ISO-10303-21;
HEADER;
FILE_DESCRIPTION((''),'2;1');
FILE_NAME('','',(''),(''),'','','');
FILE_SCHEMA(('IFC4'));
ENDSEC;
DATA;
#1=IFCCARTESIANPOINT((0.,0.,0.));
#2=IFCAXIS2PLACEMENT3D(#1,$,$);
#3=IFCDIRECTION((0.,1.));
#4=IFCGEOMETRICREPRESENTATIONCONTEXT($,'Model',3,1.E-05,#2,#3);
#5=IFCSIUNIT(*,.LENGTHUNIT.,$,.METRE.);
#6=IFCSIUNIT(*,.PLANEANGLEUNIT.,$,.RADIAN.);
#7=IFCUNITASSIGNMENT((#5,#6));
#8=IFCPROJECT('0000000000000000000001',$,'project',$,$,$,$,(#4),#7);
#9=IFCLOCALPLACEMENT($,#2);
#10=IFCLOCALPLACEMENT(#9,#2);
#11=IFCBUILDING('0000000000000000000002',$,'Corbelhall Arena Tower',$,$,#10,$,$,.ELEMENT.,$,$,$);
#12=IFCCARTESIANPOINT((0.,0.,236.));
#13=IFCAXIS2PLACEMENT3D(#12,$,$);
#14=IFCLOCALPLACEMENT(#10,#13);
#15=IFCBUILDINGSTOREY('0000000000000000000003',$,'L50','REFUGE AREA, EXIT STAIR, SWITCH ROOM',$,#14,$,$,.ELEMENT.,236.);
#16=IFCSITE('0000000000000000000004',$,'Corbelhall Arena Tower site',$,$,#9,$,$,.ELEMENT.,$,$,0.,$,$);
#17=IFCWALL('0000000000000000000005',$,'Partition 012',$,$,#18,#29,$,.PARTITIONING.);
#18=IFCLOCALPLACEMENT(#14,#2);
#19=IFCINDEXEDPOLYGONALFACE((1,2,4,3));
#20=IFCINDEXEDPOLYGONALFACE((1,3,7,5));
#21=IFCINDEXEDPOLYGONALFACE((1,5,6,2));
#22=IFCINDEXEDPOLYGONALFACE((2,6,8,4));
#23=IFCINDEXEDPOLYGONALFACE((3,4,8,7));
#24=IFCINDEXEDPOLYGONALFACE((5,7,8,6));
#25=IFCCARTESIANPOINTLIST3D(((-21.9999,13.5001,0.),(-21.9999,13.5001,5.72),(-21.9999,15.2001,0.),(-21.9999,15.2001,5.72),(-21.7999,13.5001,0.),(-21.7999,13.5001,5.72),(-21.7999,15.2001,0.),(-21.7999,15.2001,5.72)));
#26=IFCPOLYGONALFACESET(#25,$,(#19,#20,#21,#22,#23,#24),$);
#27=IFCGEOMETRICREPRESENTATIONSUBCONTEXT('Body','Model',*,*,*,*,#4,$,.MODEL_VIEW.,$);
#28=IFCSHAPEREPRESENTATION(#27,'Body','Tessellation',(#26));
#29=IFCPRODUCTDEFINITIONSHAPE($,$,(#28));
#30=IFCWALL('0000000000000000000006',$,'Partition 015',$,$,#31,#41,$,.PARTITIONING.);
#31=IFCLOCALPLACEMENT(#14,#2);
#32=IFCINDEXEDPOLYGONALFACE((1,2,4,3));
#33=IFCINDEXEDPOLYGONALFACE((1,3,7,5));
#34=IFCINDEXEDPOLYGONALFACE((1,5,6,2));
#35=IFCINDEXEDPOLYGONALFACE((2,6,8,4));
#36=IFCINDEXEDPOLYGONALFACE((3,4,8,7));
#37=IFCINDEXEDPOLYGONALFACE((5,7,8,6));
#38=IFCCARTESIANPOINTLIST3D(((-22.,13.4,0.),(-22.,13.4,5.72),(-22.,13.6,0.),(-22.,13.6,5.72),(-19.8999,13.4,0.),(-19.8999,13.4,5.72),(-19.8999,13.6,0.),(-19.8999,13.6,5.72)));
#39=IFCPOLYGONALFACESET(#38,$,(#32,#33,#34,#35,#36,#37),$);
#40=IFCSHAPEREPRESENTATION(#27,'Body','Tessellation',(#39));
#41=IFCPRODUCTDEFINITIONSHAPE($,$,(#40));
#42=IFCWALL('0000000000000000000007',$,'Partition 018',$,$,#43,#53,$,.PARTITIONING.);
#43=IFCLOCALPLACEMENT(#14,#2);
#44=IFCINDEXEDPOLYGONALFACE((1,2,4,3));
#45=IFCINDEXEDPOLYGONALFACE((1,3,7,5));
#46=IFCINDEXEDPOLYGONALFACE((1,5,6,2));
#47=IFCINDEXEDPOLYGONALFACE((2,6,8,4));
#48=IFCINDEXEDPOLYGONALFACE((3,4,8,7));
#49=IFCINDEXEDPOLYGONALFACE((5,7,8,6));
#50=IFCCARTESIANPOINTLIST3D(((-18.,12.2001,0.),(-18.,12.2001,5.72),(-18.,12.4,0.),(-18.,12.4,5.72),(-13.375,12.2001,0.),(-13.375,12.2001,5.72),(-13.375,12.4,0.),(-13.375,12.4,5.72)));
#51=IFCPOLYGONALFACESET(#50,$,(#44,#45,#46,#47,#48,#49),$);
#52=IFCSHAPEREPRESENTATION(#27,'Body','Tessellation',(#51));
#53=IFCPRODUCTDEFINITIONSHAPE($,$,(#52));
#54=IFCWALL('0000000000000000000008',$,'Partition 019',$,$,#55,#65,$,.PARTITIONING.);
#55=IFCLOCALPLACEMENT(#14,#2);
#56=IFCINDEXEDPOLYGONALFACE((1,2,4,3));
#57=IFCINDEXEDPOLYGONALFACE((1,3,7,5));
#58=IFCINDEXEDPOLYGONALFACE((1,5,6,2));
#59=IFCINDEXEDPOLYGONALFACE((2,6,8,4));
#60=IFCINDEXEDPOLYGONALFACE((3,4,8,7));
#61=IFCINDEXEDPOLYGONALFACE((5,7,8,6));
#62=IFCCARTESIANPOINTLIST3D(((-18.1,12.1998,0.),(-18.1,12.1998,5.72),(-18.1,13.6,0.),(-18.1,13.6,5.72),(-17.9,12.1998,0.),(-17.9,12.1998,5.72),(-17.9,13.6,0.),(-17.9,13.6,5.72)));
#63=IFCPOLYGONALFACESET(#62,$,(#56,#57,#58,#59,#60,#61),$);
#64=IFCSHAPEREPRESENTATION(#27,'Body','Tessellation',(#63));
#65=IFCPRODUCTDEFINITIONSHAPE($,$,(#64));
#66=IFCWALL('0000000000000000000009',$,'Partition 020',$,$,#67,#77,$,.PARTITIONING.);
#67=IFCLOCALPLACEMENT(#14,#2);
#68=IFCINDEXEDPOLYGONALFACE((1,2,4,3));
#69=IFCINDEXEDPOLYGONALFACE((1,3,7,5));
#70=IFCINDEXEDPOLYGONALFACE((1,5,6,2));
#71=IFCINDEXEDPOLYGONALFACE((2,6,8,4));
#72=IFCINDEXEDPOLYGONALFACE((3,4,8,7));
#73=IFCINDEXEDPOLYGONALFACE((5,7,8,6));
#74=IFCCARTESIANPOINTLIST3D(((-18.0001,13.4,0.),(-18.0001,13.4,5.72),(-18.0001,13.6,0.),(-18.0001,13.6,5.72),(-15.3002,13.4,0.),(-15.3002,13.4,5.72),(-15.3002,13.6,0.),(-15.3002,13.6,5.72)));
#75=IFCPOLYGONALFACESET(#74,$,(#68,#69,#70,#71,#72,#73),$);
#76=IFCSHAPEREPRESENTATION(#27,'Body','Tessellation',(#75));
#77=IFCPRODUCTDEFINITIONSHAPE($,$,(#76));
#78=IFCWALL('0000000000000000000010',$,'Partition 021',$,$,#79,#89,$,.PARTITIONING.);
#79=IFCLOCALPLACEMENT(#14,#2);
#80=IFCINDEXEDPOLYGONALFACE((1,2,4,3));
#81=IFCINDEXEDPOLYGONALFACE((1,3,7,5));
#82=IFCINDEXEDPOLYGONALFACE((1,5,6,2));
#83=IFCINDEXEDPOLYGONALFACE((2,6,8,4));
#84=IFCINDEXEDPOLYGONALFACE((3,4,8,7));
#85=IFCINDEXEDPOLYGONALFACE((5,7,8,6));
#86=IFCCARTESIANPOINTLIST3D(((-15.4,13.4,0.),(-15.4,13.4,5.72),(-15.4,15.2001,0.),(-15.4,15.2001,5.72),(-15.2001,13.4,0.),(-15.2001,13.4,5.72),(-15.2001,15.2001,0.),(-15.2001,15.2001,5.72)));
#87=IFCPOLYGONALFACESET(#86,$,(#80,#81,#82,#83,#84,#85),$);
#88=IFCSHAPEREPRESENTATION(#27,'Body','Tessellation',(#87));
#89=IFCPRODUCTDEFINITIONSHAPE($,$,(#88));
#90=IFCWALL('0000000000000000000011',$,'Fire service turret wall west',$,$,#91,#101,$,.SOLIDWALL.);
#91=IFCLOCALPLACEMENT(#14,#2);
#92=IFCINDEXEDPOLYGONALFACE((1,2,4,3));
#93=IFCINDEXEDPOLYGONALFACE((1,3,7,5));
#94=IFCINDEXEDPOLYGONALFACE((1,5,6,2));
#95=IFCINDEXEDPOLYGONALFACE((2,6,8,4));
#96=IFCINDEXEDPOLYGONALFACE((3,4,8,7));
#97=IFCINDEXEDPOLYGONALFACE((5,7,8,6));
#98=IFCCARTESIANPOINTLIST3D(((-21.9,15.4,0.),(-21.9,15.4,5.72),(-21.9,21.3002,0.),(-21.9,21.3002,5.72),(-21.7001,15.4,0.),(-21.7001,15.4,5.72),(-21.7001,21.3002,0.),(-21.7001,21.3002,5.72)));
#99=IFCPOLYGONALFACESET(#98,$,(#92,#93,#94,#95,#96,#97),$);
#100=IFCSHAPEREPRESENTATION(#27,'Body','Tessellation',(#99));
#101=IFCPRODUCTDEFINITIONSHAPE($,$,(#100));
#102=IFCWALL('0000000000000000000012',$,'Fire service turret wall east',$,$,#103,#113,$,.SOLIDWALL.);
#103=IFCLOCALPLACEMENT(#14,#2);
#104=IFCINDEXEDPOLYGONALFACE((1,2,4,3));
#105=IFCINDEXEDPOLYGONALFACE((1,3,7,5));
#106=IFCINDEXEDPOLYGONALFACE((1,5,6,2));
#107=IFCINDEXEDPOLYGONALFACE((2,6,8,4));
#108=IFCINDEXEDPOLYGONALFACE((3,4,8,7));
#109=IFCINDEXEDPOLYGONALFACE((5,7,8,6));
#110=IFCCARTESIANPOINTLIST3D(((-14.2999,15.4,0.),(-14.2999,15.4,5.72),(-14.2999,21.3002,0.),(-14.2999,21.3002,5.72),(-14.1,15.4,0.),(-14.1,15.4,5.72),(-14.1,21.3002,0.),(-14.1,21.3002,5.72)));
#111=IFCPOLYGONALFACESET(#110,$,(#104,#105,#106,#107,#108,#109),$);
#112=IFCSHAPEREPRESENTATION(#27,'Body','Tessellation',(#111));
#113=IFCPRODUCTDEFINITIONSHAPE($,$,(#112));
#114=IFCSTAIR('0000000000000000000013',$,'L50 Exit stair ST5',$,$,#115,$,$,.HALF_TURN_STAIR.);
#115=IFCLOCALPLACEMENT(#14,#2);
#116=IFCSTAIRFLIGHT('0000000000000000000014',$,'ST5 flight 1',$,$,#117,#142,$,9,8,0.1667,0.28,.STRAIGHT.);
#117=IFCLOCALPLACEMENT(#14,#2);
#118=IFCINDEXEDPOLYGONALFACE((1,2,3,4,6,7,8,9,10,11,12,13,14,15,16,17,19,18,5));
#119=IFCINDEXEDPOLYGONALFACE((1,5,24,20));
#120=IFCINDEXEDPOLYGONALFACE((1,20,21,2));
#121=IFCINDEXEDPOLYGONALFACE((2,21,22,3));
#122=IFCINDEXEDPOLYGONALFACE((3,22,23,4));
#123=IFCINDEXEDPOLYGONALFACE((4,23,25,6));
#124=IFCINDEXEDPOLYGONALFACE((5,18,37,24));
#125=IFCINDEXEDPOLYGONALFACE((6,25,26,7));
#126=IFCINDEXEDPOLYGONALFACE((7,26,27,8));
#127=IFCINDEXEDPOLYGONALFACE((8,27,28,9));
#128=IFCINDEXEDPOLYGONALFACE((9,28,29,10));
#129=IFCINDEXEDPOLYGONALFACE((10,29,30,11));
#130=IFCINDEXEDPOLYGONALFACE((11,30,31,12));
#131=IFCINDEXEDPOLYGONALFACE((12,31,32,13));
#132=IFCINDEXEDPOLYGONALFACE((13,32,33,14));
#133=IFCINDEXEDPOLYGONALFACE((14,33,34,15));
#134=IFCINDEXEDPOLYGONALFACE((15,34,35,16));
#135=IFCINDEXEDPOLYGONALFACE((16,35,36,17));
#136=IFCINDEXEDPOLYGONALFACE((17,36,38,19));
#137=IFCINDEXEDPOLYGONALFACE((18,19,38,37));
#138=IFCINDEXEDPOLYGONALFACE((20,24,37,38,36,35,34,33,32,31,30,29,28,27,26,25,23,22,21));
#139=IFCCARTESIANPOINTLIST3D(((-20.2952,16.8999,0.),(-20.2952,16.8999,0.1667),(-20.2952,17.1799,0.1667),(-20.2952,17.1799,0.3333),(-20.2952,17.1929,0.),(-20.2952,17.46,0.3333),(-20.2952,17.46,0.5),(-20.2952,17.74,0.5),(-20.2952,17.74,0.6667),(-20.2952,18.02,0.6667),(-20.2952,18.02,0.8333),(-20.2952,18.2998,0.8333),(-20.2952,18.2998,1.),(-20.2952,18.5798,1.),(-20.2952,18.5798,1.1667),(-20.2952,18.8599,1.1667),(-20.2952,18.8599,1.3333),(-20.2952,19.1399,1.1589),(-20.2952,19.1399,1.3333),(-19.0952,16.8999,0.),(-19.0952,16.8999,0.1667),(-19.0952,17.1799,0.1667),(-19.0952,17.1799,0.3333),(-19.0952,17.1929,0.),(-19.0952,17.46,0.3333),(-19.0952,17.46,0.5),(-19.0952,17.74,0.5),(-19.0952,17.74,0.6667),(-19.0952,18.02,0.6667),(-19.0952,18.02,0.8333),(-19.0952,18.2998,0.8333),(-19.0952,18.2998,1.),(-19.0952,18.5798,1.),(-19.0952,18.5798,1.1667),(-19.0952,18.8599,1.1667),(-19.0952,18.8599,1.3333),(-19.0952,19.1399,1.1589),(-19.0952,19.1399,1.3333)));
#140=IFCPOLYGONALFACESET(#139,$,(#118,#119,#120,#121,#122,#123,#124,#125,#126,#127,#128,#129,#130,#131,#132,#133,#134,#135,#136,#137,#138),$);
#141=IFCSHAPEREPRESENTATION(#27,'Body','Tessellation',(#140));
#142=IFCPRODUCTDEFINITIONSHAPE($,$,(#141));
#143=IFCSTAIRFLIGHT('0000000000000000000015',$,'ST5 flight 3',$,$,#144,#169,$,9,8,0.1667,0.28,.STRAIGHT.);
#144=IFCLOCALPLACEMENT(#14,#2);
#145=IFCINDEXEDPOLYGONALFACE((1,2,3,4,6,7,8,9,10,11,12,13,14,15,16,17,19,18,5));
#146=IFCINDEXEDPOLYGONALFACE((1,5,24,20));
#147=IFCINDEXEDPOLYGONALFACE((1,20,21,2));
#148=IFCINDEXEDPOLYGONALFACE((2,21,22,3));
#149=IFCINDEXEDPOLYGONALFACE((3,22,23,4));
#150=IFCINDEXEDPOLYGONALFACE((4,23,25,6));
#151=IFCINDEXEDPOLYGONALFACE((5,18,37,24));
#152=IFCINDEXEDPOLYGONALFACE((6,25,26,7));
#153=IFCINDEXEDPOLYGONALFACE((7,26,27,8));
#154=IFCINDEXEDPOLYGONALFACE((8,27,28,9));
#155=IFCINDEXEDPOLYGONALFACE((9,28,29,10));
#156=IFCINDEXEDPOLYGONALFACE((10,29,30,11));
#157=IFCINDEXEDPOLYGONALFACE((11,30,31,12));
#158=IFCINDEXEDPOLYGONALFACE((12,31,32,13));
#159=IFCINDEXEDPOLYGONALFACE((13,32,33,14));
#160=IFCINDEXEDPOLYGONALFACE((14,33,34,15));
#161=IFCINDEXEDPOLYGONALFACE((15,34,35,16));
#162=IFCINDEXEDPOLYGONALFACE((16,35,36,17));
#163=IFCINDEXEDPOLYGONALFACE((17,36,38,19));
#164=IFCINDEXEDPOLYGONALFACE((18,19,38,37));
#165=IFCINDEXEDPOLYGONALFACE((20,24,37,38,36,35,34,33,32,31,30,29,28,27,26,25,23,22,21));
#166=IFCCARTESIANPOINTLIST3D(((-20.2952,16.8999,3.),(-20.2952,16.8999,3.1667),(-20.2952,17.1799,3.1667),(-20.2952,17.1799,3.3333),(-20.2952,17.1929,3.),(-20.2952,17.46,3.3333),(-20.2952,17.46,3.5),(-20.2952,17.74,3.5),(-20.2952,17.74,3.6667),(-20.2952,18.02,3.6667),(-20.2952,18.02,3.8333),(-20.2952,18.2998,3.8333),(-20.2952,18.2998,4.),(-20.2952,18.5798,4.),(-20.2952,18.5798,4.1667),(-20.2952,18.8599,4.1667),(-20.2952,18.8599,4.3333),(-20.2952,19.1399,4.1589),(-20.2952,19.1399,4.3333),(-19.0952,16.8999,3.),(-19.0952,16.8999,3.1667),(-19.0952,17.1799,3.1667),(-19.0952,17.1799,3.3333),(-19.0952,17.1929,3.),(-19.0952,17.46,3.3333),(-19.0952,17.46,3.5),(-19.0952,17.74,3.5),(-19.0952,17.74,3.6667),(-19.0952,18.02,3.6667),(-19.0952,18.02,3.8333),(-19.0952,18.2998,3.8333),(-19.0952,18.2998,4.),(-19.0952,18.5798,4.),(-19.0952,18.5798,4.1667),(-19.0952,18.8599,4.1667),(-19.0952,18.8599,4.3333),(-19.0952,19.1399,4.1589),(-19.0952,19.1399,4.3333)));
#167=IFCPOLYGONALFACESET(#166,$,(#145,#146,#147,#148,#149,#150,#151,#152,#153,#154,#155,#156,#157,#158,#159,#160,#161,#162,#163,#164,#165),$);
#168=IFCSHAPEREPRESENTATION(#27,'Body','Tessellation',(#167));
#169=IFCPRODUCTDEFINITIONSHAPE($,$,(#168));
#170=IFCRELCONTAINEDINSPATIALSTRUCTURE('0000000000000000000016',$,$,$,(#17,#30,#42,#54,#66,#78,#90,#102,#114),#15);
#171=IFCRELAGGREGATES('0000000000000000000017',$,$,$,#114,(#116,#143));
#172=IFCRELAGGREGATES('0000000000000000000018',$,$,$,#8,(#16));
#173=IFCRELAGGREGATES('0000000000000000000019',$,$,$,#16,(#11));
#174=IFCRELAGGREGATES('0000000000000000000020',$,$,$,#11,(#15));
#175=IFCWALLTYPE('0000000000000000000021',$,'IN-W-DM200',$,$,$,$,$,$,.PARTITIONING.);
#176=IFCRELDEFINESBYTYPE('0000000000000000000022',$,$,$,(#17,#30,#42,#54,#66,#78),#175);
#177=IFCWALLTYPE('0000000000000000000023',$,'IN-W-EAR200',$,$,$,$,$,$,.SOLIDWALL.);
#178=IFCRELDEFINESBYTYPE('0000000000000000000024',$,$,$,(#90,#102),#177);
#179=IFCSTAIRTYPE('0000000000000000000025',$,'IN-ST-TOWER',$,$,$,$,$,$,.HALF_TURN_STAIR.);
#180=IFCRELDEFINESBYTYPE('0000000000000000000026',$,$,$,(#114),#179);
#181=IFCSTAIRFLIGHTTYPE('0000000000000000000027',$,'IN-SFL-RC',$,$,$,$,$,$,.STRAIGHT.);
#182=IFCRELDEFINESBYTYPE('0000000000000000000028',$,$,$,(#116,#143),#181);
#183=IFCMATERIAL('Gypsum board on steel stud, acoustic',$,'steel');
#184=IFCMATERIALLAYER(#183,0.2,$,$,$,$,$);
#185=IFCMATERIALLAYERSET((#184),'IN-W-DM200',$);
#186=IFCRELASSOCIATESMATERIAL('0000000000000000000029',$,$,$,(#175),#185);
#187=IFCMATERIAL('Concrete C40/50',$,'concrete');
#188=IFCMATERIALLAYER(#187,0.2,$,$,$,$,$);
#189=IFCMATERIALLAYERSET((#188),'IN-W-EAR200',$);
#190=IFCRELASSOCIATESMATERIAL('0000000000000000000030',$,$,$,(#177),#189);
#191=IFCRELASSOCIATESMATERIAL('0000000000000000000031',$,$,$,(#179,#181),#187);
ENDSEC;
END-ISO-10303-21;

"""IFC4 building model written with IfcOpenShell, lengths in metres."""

from ifc_helpers import new_model, si_unit, direction, frame, frame_2d, origin, place, context, subcontext, project, spatial, polyline, rectangle, outline, extrude, material, layer, layer_set, type_object, element, aggregate, save


model = new_model("IFC4")

# Units and contexts
model_context = context("Model", 3, precision=1e-05, world=origin(), true_north=direction((0.0, 1.0)))
body_context = subcontext(model_context, "Body", "Model", "MODEL_VIEW")
ifc_project = project(units=[si_unit("LENGTHUNIT", "METRE"), si_unit("PLANEANGLEUNIT", "RADIAN")], contexts=[model_context])

# Site, building, storey
site_placement = place(None, origin())
site = spatial("IfcSite", under=ifc_project, at=site_placement, Name="Corbelhall Arena Tower site", CompositionType="ELEMENT", RefElevation=0.0)
building_placement = place(site_placement, origin())
building = spatial("IfcBuilding", under=site, at=building_placement, Name="Corbelhall Arena Tower", CompositionType="ELEMENT")
storey_placement = place(building_placement, frame((0.0, 0.0, 236.0)))
storey = spatial("IfcBuildingStorey", under=building, at=storey_placement, Name="L50", Description="REFUGE AREA, EXIT STAIR, SWITCH ROOM", CompositionType="ELEMENT", Elevation=236.0)

# Wall
ifc_material_1 = material(Name="Gypsum board on steel stud, acoustic", Category="steel")
ifc_layer_1 = layer(ifc_material_1, 0.2)
ifc_layer_set_1 = layer_set([ifc_layer_1], Name="IN-W-DM200")
wall_type_1 = type_object("IfcWallType", Name="IN-W-DM200", PredefinedType="PARTITIONING", material=ifc_layer_set_1)
wall_1_placement = place(storey_placement, frame((-21.8999, 13.5, 0.0), z_axis=(0.0, 0.0, 1.0), x_axis=(0.0, 1.0, 0.0)))
element("IfcWall", 1, at=wall_1_placement, inside=storey, type_object=wall_type_1, Name="Partition 012", PredefinedType="PARTITIONING", context=body_context, shape_type="SweptSolid", body=[
    extrude(rectangle(XDim=1.7, YDim=0.2, at=frame_2d((0.8501, 0.0))), origin(), (0.0, 0.0, 1.0), 5.72),
])

# Wall
wall_2_placement = place(storey_placement, frame((-19.8999, 13.5, 0.0), z_axis=(0.0, 0.0, 1.0), x_axis=(-1.0, 0.0, 0.0)))
element("IfcWall", 2, at=wall_2_placement, inside=storey, type_object=wall_type_1, Name="Partition 015", PredefinedType="PARTITIONING", context=body_context, shape_type="SweptSolid", body=[
    extrude(rectangle(XDim=2.1001, YDim=0.2, at=frame_2d((1.05, 0.0))), origin(), (0.0, 0.0, 1.0), 5.72),
])

# Walls
wall_3_placement = place(storey_placement, frame((-18.0, 12.3, 0.0), z_axis=(0.0, 0.0, 1.0), x_axis=(1.0, 0.0, 0.0)))
element("IfcWall", 3, at=wall_3_placement, inside=storey, type_object=wall_type_1, Name="Partition 018", PredefinedType="PARTITIONING", context=body_context, shape_type="SweptSolid", body=[
    extrude(rectangle(XDim=4.625, YDim=0.2, at=frame_2d((2.3125, 0.0))), origin(), (0.0, 0.0, 1.0), 5.72),
])
wall_4_placement = place(storey_placement, frame((-18.0, 13.6001, 0.0), z_axis=(0.0, 0.0, 1.0), x_axis=(0.0, -1.0, 0.0)))
element("IfcWall", 4, at=wall_4_placement, inside=storey, type_object=wall_type_1, Name="Partition 019", PredefinedType="PARTITIONING", context=body_context, shape_type="SweptSolid", body=[
    extrude(rectangle(XDim=1.4001, YDim=0.2, at=frame_2d((0.7002, 0.0))), origin(), (0.0, 0.0, 1.0), 5.72),
])
wall_5_placement = place(storey_placement, frame((-15.3, 13.5, 0.0), z_axis=(0.0, 0.0, 1.0), x_axis=(-1.0, 0.0, 0.0)))
element("IfcWall", 5, at=wall_5_placement, inside=storey, type_object=wall_type_1, Name="Partition 020", PredefinedType="PARTITIONING", context=body_context, shape_type="SweptSolid", body=[
    extrude(rectangle(XDim=2.7, YDim=0.2, at=frame_2d((1.3501, 0.0))), origin(), (0.0, 0.0, 1.0), 5.72),
])
wall_6_placement = place(storey_placement, frame((-15.3, 15.2, 0.0), z_axis=(0.0, 0.0, 1.0), x_axis=(0.0, -1.0, 0.0)))
element("IfcWall", 6, at=wall_6_placement, inside=storey, type_object=wall_type_1, Name="Partition 021", PredefinedType="PARTITIONING", context=body_context, shape_type="SweptSolid", body=[
    extrude(rectangle(XDim=1.8, YDim=0.2, at=frame_2d((0.8999, 0.0))), origin(), (0.0, 0.0, 1.0), 5.72),
])

# Shared definitions
ifc_material_2 = material(Name="Concrete C40/50", Category="concrete")
ifc_layer_2 = layer(ifc_material_2, 0.2)
ifc_layer_set_2 = layer_set([ifc_layer_2], Name="IN-W-EAR200")
wall_type_2 = type_object("IfcWallType", Name="IN-W-EAR200", PredefinedType="SOLIDWALL", material=ifc_layer_set_2)

# Walls
for number, where, z_axis, x_axis, name in (
    (7, (-21.8, 15.3999, 0.0), (0.0, 0.0, 1.0), (0.0, 1.0, 0.0), "Fire service turret wall west"),
    (8, (-14.2, 15.3999, 0.0), (0.0, 0.0, 1.0), (0.0, 1.0, 0.0), "Fire service turret wall east"),
):
    element("IfcWall", number, at=place(storey_placement, frame(where, z_axis=z_axis, x_axis=x_axis)), inside=storey, type_object=wall_type_2, Name=name, PredefinedType="SOLIDWALL", context=body_context, shape_type="SweptSolid", body=[
        extrude(rectangle(XDim=5.9001, YDim=0.2, at=frame_2d((2.9502, 0.0))), origin(), (0.0, 0.0, 1.0), 5.72),
    ])

# Stair, stair flights
stair_type = type_object("IfcStairType", Name="IN-ST-TOWER", PredefinedType="HALF_TURN_STAIR", material=ifc_material_2)
stair_placement = place(storey_placement, origin())
stair = element("IfcStair", 9, at=stair_placement, inside=storey, type_object=stair_type, Name="L50 Exit stair ST5", PredefinedType="HALF_TURN_STAIR")
stair_flight_type = type_object("IfcStairFlightType", Name="IN-SFL-RC", PredefinedType="STRAIGHT", material=ifc_material_2)
stair_flight_1_placement = place(storey_placement, frame((-19.6951, 16.8999, 0.0), z_axis=(0.0, 0.0, 1.0), x_axis=(0.0, 1.0, 0.0)))
stair_flight_1 = element("IfcStairFlight", 10, at=stair_flight_1_placement, type_object=stair_flight_type, Name="ST5 flight 1", NumberOfRisers=9, NumberOfTreads=8, PredefinedType="STRAIGHT", RiserHeight=0.1667, TreadLength=0.28, context=body_context, shape_type="SweptSolid", body=[
    extrude(outline(polyline([(0.0, 0.0), (0.0, 0.1667), (0.28, 0.1667), (0.28, 0.3333), (0.5601, 0.3333), (0.5601, 0.5), (0.8401, 0.5), (0.8401, 0.6667), (1.1201, 0.6667), (1.1201, 0.8333), (1.3999, 0.8333), (1.3999, 1.0), (1.6799, 1.0), (1.6799, 1.1667), (1.96, 1.1667), (1.96, 1.3333), (2.24, 1.3333), (2.24, 1.5), (2.24, 1.1589), (0.293, 0.0), (0.0, 0.0)])), frame((0.0, 0.6001, 0.0), z_axis=(0.0, -1.0, 0.0), x_axis=(1.0, 0.0, 0.0)), (0.0, 0.0, 1.0), 1.2),
])
stair_flight_2_placement = place(storey_placement, frame((-19.6951, 16.8999, 3.0), z_axis=(0.0, 0.0, 1.0), x_axis=(0.0, 1.0, 0.0)))
stair_flight_2 = element("IfcStairFlight", 11, at=stair_flight_2_placement, type_object=stair_flight_type, Name="ST5 flight 3", NumberOfRisers=9, NumberOfTreads=8, PredefinedType="STRAIGHT", RiserHeight=0.1667, TreadLength=0.28, context=body_context, shape_type="SweptSolid", body=[
    extrude(outline(polyline([(0.0, 0.0), (0.0, 0.1667), (0.28, 0.1667), (0.28, 0.3333), (0.5601, 0.3333), (0.5601, 0.5), (0.8401, 0.5), (0.8401, 0.6667), (1.1201, 0.6667), (1.1201, 0.8333), (1.3999, 0.8333), (1.3999, 1.0), (1.6799, 1.0), (1.6799, 1.1667), (1.96, 1.1667), (1.96, 1.3333), (2.24, 1.3333), (2.24, 1.5), (2.24, 1.1589), (0.293, 0.0), (0.0, 0.0)])), frame((0.0, 0.6001, 0.0), z_axis=(0.0, -1.0, 0.0), x_axis=(1.0, 0.0, 0.0)), (0.0, 0.0, 1.0), 1.2),
])
aggregate(stair, [stair_flight_1, stair_flight_2])

save(model, "model.ifc")
